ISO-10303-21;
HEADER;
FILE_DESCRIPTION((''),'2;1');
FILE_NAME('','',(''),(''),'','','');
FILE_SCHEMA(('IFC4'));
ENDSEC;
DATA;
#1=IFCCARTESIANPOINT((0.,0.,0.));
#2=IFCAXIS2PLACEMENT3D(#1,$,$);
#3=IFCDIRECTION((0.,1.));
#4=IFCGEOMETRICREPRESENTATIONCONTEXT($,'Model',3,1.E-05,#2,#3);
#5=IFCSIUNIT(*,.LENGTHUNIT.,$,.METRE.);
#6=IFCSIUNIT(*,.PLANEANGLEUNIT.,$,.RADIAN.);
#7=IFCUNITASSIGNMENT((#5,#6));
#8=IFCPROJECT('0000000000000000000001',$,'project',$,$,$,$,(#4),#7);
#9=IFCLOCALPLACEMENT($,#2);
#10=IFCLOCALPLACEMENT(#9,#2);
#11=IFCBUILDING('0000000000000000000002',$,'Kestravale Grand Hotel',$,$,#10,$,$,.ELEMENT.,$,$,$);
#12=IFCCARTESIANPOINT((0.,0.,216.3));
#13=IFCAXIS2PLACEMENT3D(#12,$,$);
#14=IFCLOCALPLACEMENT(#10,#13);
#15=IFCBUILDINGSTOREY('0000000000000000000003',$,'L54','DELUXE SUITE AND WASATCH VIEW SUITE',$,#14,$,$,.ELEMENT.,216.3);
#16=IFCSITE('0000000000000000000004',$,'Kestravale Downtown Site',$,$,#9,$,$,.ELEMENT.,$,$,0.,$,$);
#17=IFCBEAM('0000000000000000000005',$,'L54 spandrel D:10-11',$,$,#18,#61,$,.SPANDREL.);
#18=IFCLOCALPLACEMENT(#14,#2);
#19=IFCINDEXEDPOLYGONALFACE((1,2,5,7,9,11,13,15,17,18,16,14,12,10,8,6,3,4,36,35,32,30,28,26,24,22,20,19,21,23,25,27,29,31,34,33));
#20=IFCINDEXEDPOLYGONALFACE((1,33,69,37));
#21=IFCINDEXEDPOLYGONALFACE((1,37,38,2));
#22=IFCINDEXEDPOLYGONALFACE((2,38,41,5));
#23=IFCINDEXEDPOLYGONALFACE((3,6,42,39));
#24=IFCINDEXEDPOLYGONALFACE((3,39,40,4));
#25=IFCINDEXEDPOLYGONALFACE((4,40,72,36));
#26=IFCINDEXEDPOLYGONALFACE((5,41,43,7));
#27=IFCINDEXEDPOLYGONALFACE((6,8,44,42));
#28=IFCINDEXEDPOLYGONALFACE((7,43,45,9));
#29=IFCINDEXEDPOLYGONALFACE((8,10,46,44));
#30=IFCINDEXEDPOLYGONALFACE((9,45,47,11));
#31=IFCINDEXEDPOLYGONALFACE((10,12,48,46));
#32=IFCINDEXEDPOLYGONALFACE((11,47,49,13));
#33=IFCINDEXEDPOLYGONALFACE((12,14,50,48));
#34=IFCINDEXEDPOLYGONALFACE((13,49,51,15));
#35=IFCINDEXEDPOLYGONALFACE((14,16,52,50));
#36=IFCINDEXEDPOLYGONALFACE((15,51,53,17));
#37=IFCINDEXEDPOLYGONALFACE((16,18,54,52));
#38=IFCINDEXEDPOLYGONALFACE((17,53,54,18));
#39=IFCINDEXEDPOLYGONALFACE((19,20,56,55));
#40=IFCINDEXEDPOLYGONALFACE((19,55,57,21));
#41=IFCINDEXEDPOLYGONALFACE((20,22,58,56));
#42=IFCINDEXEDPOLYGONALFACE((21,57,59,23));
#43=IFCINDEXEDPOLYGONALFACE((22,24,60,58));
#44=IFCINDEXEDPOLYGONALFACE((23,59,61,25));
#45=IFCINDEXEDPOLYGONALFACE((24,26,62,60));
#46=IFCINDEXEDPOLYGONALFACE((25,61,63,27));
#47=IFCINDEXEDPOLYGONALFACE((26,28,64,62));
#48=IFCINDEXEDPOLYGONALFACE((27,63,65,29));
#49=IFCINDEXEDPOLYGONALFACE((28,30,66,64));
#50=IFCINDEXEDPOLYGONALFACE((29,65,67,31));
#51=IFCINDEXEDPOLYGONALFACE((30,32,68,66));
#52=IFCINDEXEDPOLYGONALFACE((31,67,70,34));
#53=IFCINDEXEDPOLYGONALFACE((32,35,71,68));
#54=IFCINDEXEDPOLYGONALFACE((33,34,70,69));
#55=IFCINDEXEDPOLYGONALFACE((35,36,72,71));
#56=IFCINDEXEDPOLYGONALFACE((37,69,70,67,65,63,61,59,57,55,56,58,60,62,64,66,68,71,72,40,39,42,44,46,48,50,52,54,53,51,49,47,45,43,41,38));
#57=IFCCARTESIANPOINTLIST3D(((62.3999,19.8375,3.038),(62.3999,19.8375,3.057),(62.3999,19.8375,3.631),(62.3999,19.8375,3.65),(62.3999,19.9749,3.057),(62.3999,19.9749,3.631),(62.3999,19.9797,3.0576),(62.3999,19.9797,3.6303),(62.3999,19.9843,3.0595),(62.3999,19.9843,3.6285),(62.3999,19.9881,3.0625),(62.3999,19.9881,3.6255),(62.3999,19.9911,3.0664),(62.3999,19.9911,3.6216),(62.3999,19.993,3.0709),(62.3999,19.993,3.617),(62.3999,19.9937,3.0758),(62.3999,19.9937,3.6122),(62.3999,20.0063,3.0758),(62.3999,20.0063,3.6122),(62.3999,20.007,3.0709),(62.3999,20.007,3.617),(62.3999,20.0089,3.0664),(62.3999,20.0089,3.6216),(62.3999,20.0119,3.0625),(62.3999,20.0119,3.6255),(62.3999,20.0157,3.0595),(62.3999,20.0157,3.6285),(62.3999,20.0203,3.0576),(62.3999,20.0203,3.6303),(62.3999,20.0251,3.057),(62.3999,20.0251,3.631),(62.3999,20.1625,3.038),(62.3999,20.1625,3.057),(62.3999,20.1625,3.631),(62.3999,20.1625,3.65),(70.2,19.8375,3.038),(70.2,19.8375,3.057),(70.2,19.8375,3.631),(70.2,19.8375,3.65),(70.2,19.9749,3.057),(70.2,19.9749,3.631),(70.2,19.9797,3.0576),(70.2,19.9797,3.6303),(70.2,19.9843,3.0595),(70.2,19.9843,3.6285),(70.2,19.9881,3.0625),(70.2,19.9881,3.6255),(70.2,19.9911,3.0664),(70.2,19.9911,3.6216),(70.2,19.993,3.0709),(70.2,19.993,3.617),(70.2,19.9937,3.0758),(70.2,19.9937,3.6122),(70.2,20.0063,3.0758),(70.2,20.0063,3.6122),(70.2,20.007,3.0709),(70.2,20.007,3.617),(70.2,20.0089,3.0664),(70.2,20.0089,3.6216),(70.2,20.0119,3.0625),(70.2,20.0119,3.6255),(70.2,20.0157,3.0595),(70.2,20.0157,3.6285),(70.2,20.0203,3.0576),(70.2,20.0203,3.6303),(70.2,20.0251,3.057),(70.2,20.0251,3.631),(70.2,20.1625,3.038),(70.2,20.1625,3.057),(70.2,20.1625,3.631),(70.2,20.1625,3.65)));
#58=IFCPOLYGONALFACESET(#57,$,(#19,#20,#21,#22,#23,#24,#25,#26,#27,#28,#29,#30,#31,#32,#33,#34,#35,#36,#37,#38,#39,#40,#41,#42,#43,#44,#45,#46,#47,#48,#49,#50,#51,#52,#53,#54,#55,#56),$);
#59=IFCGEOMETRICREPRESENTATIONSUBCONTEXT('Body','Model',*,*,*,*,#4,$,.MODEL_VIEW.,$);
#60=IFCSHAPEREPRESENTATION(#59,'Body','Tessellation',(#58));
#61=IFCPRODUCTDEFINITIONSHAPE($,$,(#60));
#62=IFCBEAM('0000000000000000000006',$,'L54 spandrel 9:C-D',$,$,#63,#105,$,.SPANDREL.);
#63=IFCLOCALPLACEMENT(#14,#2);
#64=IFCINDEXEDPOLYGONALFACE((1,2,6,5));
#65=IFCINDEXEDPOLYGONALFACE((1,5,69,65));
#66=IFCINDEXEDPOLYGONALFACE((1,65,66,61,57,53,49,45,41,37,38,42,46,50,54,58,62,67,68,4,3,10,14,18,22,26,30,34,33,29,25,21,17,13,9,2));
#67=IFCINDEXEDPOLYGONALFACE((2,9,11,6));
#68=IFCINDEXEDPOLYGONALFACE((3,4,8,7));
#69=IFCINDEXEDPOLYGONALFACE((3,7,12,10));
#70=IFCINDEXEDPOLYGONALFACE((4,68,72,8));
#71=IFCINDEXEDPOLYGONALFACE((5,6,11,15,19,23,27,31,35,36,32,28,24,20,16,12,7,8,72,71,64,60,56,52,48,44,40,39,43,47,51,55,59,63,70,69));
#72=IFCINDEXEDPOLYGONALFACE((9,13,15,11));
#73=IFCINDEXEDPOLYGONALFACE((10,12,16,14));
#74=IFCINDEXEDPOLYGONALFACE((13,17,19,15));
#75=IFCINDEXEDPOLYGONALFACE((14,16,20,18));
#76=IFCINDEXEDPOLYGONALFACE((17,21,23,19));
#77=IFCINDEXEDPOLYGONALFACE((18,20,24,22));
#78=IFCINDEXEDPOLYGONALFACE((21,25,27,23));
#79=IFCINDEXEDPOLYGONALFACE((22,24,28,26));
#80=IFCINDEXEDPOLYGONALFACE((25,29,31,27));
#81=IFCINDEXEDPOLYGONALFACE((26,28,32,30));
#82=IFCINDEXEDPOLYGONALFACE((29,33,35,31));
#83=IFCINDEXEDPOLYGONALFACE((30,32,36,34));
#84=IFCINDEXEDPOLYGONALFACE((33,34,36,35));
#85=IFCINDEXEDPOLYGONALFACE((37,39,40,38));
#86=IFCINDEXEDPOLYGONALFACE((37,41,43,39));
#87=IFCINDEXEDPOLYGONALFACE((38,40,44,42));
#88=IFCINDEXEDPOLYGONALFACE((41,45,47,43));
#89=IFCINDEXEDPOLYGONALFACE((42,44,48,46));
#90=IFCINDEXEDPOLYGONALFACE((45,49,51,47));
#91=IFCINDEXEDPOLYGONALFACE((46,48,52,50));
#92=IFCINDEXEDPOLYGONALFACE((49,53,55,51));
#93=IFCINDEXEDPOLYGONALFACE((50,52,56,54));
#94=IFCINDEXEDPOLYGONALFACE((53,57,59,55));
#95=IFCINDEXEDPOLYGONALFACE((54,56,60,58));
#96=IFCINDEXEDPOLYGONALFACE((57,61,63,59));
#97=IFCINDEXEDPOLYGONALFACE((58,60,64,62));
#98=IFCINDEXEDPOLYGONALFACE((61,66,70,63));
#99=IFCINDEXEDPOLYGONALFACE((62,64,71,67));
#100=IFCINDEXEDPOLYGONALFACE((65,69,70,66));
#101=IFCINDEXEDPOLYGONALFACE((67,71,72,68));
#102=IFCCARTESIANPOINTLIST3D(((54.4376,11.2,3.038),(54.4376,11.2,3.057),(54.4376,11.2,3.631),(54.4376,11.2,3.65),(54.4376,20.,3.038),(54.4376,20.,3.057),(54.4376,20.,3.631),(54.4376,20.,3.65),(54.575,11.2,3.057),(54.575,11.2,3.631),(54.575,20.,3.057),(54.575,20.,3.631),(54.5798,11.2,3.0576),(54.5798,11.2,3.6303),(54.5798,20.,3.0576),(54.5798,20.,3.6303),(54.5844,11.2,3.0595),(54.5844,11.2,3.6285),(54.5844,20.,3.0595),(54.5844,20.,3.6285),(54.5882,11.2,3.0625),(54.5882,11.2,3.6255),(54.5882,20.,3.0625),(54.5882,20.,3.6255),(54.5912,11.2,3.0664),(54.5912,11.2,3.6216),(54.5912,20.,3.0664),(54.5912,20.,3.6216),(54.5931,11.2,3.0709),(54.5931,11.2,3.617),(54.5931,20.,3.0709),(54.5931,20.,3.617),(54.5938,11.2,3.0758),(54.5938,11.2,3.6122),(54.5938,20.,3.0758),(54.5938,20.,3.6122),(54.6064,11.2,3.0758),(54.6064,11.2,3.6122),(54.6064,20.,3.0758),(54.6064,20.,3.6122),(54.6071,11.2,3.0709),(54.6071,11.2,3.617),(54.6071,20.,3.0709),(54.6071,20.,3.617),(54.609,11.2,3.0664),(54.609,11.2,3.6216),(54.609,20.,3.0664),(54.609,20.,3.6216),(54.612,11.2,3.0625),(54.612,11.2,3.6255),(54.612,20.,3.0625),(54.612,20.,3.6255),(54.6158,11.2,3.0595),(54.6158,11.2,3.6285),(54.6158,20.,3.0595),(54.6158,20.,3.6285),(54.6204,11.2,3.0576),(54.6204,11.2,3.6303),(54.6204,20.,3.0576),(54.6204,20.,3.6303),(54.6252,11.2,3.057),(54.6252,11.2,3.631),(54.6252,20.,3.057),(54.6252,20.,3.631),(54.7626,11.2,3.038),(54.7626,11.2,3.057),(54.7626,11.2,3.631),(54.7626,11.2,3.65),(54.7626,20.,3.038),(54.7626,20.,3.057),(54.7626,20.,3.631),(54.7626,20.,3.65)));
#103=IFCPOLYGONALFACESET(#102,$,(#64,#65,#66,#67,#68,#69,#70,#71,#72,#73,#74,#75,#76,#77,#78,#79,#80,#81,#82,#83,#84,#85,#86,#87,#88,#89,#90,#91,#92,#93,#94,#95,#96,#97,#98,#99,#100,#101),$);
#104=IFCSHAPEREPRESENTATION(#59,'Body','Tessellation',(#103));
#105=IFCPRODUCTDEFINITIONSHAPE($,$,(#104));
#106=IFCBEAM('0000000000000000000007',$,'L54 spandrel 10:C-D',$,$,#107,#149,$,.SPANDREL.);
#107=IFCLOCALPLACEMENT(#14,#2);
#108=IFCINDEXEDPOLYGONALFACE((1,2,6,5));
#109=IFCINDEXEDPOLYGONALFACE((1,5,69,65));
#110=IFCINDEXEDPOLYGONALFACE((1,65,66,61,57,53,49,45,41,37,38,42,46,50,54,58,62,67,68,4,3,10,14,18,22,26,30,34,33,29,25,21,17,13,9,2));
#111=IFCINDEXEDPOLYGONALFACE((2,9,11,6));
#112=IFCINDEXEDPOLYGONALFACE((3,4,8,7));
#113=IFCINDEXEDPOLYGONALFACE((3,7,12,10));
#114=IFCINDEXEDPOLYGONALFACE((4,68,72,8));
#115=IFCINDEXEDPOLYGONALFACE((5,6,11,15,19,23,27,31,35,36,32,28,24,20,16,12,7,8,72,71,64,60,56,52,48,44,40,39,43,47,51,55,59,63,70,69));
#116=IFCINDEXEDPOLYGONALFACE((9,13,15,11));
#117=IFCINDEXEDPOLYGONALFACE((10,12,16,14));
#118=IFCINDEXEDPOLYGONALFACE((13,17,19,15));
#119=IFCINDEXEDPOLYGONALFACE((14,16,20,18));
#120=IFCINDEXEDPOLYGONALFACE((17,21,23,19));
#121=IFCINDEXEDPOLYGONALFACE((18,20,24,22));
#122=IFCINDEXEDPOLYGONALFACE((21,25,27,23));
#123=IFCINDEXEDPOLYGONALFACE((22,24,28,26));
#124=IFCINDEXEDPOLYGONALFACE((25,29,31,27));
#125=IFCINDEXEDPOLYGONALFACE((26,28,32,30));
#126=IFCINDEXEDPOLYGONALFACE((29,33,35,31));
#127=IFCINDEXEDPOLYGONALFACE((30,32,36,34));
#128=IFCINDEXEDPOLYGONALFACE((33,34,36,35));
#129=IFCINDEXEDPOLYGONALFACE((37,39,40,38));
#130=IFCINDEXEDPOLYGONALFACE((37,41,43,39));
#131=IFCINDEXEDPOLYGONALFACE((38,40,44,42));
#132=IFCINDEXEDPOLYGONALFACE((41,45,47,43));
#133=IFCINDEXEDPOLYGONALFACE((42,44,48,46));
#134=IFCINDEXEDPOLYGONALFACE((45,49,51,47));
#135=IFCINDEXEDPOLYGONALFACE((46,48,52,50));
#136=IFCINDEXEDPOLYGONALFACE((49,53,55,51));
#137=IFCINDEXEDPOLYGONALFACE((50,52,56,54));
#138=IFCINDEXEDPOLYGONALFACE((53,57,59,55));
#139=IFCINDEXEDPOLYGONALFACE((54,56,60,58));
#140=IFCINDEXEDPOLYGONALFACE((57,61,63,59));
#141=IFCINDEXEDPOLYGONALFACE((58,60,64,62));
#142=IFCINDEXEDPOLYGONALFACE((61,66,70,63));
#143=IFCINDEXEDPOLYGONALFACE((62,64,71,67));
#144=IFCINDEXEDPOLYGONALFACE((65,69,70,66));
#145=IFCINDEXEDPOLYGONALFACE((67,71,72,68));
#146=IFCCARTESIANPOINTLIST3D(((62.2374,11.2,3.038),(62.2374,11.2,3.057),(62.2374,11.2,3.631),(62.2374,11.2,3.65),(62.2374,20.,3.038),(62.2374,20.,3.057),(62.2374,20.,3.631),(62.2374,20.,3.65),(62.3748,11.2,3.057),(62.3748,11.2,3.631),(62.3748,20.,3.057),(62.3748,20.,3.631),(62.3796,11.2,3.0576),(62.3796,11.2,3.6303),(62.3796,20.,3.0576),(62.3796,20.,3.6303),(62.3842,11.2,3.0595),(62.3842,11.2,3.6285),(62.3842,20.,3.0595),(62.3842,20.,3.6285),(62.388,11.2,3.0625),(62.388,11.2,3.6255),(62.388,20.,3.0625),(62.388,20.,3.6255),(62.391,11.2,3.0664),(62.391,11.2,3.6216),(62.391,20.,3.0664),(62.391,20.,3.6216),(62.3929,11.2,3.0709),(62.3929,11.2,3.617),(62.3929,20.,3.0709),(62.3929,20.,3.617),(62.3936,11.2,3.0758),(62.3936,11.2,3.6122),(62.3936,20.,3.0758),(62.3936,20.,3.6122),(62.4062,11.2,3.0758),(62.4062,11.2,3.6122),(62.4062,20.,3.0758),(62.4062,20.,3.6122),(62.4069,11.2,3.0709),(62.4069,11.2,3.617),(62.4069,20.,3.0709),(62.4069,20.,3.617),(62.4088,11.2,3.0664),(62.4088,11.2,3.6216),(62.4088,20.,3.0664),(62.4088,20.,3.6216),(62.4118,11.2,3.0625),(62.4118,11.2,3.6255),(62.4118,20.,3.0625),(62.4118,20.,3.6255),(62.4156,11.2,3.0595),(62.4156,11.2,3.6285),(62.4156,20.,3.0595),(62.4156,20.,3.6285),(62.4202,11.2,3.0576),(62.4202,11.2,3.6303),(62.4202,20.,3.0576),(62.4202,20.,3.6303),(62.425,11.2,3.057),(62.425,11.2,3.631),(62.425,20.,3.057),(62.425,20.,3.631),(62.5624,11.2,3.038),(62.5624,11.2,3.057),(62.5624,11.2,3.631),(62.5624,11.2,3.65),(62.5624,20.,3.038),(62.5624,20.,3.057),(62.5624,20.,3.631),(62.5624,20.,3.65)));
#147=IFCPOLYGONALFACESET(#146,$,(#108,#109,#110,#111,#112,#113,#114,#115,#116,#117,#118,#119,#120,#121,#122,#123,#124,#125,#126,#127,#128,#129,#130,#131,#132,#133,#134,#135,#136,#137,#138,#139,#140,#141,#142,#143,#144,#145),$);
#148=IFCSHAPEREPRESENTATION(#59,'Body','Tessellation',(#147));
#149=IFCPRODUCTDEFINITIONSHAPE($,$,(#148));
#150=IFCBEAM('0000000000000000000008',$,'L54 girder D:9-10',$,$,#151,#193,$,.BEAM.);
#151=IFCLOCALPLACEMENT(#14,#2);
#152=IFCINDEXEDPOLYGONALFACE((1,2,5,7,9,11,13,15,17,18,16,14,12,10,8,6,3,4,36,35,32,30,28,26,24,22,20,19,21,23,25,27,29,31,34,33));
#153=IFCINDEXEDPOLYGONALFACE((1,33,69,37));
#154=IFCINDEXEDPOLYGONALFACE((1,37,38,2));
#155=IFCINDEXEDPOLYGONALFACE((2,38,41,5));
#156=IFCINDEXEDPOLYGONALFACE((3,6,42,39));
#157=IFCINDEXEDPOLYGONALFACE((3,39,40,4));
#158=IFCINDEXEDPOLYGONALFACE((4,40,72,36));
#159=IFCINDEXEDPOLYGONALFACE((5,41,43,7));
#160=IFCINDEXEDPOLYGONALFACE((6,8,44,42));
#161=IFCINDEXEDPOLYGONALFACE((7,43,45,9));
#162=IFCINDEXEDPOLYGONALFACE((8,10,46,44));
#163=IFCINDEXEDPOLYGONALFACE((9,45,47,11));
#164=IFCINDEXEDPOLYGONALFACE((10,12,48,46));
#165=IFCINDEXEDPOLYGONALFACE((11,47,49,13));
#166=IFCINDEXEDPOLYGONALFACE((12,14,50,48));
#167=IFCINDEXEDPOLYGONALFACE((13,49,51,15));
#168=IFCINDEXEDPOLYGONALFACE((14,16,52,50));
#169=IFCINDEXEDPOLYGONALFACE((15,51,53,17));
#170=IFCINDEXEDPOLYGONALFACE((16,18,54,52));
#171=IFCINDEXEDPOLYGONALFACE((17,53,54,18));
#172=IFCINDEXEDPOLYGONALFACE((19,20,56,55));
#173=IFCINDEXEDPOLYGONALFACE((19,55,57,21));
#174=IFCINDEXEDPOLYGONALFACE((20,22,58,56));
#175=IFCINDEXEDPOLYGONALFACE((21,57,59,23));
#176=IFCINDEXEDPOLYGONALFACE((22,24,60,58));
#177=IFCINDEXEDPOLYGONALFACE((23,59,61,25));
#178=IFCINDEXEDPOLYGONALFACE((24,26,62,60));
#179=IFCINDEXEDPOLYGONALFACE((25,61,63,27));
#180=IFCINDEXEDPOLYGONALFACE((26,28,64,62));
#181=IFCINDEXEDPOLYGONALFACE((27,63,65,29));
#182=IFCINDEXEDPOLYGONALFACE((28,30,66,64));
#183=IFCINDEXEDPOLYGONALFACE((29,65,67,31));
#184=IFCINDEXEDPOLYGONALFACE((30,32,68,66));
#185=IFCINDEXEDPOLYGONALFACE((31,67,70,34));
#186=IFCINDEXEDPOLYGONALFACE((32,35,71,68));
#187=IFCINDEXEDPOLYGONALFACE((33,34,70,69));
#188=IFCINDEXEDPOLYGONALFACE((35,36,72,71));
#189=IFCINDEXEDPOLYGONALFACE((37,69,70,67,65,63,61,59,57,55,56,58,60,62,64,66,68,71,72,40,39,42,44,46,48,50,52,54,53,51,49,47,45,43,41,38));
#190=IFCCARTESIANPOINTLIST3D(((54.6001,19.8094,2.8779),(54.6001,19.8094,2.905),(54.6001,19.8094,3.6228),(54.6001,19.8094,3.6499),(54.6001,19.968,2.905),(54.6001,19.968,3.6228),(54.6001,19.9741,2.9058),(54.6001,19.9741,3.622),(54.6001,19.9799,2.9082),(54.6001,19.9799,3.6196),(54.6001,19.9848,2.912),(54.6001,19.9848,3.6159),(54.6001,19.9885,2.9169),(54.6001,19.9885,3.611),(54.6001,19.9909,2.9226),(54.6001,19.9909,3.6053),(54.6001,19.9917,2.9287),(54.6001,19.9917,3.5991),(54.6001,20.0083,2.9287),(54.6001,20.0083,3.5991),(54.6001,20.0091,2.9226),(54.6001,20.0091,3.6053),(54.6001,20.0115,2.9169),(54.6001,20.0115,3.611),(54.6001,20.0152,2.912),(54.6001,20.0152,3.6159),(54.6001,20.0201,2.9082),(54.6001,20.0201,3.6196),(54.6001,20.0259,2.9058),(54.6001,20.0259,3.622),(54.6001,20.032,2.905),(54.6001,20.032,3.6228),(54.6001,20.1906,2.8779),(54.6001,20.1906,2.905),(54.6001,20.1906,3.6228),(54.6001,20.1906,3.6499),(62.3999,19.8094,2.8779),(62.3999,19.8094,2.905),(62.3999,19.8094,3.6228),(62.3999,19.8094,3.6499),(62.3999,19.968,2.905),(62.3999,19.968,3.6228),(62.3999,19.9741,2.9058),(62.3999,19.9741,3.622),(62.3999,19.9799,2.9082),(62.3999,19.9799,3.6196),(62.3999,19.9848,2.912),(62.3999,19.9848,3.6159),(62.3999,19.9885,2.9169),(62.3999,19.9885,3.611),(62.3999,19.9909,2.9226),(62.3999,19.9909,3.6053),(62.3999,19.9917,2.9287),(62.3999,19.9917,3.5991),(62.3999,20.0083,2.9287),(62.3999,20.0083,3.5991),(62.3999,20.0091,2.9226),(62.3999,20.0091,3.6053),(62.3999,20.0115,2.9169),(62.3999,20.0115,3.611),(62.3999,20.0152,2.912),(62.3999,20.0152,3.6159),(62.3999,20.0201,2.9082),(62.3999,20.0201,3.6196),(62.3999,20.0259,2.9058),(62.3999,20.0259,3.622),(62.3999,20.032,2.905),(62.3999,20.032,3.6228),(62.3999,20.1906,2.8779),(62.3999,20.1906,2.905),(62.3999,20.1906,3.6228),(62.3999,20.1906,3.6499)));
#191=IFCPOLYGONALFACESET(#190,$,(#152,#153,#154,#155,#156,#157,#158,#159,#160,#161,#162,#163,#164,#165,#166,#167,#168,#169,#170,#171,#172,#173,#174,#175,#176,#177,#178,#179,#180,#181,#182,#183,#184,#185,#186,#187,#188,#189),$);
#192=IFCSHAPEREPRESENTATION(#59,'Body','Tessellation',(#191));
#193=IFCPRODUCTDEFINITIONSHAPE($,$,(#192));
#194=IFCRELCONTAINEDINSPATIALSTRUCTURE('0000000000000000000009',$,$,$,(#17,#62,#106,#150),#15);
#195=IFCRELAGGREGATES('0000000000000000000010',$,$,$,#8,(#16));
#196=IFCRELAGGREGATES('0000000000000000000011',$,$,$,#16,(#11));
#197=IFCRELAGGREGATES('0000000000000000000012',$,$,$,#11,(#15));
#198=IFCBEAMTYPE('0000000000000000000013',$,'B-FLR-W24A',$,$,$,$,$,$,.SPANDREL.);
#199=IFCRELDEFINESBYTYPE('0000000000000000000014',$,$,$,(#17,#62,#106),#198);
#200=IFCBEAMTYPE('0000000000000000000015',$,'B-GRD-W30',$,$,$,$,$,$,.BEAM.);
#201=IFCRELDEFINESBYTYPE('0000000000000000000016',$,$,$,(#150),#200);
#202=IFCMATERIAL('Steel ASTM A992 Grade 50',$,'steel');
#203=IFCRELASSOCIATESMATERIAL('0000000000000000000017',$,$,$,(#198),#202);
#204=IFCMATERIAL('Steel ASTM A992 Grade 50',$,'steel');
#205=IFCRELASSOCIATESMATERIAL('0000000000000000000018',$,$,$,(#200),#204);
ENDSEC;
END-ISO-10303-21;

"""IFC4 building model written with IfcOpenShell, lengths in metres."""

from ifc_helpers import new_model, si_unit, direction, frame, origin, origin_2d, place, context, subcontext, project, spatial, i_section, extrude, material, material_profile, profile_set, type_object, element, save


model = new_model("IFC4")

# Units and contexts
model_context = context("Model", 3, precision=1e-05, world=origin(), true_north=direction((0.0, 1.0)))
body_context = subcontext(model_context, "Body", "Model", "MODEL_VIEW")
ifc_project = project(units=[si_unit("LENGTHUNIT", "METRE"), si_unit("PLANEANGLEUNIT", "RADIAN")], contexts=[model_context])

# Site, building, storey
site_placement = place(None, origin())
site = spatial("IfcSite", under=ifc_project, at=site_placement, Name="Kestravale Downtown Site", CompositionType="ELEMENT", RefElevation=0.0)
building_placement = place(site_placement, origin())
building = spatial("IfcBuilding", under=site, at=building_placement, Name="Kestravale Grand Hotel", CompositionType="ELEMENT")
storey_placement = place(building_placement, frame((0.0, 0.0, 216.3)))
storey = spatial("IfcBuildingStorey", under=building, at=storey_placement, Name="L54", Description="DELUXE SUITE AND WASATCH VIEW SUITE", CompositionType="ELEMENT", Elevation=216.3)

# Beams
ifc_material_1 = material(Name="Steel ASTM A992 Grade 50", Category="steel")
ifc_material_profile_1 = material_profile(ifc_material_1, i_section(OverallWidth=0.325, OverallDepth=0.6121, WebThickness=0.0127, FlangeThickness=0.019, FilletRadius=0.0188, at=origin_2d()))
ifc_profile_set_1 = profile_set([ifc_material_profile_1], Name="Steel ASTM A992 Grade 50")
beam_type_1 = type_object("IfcBeamType", Name="B-FLR-W24A", PredefinedType="SPANDREL", material=ifc_profile_set_1)
beam_1_placement = place(storey_placement, frame((62.3999, 20.0, 3.344), z_axis=(1.0, 0.0, 0.0), x_axis=(0.0, 1.0, 0.0)))
element("IfcBeam", 1, at=beam_1_placement, inside=storey, type_object=beam_type_1, Name="L54 spandrel D:10-11", PredefinedType="SPANDREL", context=body_context, shape_type="SweptSolid", body=[
    extrude(i_section(OverallWidth=0.325, OverallDepth=0.6121, WebThickness=0.0127, FlangeThickness=0.019, FilletRadius=0.0188, at=origin_2d()), origin(), (0.0, 0.0, 1.0), 7.8),
])
for number, where, z_axis, x_axis, name in (
    (2, (54.6001, 11.2, 3.344), (0.0, 1.0, 0.0), (-1.0, 0.0, 0.0), "L54 spandrel 9:C-D"),
    (3, (62.3999, 11.2, 3.344), (0.0, 1.0, 0.0), (-1.0, 0.0, 0.0), "L54 spandrel 10:C-D"),
):
    element("IfcBeam", number, at=place(storey_placement, frame(where, z_axis=z_axis, x_axis=x_axis)), inside=storey, type_object=beam_type_1, Name=name, PredefinedType="SPANDREL", context=body_context, shape_type="SweptSolid", body=[
        extrude(i_section(OverallWidth=0.325, OverallDepth=0.6121, WebThickness=0.0127, FlangeThickness=0.019, FilletRadius=0.0188, at=origin_2d()), origin(), (0.0, 0.0, 1.0), 8.8),
    ])
ifc_material_2 = material(Name="Steel ASTM A992 Grade 50", Category="steel")
ifc_material_profile_2 = material_profile(ifc_material_2, i_section(OverallWidth=0.3811, OverallDepth=0.772, WebThickness=0.0166, FlangeThickness=0.0271, FilletRadius=0.0237, at=origin_2d()))
ifc_profile_set_2 = profile_set([ifc_material_profile_2], Name="Steel ASTM A992 Grade 50")
beam_type_2 = type_object("IfcBeamType", Name="B-GRD-W30", PredefinedType="BEAM", material=ifc_profile_set_2)
beam_2_placement = place(storey_placement, frame((54.6001, 20.0, 3.2639), z_axis=(1.0, 0.0, 0.0), x_axis=(0.0, 1.0, 0.0)))
element("IfcBeam", 4, at=beam_2_placement, inside=storey, type_object=beam_type_2, Name="L54 girder D:9-10", PredefinedType="BEAM", context=body_context, shape_type="SweptSolid", body=[
    extrude(i_section(OverallWidth=0.3811, OverallDepth=0.772, WebThickness=0.0166, FlangeThickness=0.0271, FilletRadius=0.0237, at=origin_2d()), origin(), (0.0, 0.0, 1.0), 7.7998),
])

save(model, "model.ifc")
